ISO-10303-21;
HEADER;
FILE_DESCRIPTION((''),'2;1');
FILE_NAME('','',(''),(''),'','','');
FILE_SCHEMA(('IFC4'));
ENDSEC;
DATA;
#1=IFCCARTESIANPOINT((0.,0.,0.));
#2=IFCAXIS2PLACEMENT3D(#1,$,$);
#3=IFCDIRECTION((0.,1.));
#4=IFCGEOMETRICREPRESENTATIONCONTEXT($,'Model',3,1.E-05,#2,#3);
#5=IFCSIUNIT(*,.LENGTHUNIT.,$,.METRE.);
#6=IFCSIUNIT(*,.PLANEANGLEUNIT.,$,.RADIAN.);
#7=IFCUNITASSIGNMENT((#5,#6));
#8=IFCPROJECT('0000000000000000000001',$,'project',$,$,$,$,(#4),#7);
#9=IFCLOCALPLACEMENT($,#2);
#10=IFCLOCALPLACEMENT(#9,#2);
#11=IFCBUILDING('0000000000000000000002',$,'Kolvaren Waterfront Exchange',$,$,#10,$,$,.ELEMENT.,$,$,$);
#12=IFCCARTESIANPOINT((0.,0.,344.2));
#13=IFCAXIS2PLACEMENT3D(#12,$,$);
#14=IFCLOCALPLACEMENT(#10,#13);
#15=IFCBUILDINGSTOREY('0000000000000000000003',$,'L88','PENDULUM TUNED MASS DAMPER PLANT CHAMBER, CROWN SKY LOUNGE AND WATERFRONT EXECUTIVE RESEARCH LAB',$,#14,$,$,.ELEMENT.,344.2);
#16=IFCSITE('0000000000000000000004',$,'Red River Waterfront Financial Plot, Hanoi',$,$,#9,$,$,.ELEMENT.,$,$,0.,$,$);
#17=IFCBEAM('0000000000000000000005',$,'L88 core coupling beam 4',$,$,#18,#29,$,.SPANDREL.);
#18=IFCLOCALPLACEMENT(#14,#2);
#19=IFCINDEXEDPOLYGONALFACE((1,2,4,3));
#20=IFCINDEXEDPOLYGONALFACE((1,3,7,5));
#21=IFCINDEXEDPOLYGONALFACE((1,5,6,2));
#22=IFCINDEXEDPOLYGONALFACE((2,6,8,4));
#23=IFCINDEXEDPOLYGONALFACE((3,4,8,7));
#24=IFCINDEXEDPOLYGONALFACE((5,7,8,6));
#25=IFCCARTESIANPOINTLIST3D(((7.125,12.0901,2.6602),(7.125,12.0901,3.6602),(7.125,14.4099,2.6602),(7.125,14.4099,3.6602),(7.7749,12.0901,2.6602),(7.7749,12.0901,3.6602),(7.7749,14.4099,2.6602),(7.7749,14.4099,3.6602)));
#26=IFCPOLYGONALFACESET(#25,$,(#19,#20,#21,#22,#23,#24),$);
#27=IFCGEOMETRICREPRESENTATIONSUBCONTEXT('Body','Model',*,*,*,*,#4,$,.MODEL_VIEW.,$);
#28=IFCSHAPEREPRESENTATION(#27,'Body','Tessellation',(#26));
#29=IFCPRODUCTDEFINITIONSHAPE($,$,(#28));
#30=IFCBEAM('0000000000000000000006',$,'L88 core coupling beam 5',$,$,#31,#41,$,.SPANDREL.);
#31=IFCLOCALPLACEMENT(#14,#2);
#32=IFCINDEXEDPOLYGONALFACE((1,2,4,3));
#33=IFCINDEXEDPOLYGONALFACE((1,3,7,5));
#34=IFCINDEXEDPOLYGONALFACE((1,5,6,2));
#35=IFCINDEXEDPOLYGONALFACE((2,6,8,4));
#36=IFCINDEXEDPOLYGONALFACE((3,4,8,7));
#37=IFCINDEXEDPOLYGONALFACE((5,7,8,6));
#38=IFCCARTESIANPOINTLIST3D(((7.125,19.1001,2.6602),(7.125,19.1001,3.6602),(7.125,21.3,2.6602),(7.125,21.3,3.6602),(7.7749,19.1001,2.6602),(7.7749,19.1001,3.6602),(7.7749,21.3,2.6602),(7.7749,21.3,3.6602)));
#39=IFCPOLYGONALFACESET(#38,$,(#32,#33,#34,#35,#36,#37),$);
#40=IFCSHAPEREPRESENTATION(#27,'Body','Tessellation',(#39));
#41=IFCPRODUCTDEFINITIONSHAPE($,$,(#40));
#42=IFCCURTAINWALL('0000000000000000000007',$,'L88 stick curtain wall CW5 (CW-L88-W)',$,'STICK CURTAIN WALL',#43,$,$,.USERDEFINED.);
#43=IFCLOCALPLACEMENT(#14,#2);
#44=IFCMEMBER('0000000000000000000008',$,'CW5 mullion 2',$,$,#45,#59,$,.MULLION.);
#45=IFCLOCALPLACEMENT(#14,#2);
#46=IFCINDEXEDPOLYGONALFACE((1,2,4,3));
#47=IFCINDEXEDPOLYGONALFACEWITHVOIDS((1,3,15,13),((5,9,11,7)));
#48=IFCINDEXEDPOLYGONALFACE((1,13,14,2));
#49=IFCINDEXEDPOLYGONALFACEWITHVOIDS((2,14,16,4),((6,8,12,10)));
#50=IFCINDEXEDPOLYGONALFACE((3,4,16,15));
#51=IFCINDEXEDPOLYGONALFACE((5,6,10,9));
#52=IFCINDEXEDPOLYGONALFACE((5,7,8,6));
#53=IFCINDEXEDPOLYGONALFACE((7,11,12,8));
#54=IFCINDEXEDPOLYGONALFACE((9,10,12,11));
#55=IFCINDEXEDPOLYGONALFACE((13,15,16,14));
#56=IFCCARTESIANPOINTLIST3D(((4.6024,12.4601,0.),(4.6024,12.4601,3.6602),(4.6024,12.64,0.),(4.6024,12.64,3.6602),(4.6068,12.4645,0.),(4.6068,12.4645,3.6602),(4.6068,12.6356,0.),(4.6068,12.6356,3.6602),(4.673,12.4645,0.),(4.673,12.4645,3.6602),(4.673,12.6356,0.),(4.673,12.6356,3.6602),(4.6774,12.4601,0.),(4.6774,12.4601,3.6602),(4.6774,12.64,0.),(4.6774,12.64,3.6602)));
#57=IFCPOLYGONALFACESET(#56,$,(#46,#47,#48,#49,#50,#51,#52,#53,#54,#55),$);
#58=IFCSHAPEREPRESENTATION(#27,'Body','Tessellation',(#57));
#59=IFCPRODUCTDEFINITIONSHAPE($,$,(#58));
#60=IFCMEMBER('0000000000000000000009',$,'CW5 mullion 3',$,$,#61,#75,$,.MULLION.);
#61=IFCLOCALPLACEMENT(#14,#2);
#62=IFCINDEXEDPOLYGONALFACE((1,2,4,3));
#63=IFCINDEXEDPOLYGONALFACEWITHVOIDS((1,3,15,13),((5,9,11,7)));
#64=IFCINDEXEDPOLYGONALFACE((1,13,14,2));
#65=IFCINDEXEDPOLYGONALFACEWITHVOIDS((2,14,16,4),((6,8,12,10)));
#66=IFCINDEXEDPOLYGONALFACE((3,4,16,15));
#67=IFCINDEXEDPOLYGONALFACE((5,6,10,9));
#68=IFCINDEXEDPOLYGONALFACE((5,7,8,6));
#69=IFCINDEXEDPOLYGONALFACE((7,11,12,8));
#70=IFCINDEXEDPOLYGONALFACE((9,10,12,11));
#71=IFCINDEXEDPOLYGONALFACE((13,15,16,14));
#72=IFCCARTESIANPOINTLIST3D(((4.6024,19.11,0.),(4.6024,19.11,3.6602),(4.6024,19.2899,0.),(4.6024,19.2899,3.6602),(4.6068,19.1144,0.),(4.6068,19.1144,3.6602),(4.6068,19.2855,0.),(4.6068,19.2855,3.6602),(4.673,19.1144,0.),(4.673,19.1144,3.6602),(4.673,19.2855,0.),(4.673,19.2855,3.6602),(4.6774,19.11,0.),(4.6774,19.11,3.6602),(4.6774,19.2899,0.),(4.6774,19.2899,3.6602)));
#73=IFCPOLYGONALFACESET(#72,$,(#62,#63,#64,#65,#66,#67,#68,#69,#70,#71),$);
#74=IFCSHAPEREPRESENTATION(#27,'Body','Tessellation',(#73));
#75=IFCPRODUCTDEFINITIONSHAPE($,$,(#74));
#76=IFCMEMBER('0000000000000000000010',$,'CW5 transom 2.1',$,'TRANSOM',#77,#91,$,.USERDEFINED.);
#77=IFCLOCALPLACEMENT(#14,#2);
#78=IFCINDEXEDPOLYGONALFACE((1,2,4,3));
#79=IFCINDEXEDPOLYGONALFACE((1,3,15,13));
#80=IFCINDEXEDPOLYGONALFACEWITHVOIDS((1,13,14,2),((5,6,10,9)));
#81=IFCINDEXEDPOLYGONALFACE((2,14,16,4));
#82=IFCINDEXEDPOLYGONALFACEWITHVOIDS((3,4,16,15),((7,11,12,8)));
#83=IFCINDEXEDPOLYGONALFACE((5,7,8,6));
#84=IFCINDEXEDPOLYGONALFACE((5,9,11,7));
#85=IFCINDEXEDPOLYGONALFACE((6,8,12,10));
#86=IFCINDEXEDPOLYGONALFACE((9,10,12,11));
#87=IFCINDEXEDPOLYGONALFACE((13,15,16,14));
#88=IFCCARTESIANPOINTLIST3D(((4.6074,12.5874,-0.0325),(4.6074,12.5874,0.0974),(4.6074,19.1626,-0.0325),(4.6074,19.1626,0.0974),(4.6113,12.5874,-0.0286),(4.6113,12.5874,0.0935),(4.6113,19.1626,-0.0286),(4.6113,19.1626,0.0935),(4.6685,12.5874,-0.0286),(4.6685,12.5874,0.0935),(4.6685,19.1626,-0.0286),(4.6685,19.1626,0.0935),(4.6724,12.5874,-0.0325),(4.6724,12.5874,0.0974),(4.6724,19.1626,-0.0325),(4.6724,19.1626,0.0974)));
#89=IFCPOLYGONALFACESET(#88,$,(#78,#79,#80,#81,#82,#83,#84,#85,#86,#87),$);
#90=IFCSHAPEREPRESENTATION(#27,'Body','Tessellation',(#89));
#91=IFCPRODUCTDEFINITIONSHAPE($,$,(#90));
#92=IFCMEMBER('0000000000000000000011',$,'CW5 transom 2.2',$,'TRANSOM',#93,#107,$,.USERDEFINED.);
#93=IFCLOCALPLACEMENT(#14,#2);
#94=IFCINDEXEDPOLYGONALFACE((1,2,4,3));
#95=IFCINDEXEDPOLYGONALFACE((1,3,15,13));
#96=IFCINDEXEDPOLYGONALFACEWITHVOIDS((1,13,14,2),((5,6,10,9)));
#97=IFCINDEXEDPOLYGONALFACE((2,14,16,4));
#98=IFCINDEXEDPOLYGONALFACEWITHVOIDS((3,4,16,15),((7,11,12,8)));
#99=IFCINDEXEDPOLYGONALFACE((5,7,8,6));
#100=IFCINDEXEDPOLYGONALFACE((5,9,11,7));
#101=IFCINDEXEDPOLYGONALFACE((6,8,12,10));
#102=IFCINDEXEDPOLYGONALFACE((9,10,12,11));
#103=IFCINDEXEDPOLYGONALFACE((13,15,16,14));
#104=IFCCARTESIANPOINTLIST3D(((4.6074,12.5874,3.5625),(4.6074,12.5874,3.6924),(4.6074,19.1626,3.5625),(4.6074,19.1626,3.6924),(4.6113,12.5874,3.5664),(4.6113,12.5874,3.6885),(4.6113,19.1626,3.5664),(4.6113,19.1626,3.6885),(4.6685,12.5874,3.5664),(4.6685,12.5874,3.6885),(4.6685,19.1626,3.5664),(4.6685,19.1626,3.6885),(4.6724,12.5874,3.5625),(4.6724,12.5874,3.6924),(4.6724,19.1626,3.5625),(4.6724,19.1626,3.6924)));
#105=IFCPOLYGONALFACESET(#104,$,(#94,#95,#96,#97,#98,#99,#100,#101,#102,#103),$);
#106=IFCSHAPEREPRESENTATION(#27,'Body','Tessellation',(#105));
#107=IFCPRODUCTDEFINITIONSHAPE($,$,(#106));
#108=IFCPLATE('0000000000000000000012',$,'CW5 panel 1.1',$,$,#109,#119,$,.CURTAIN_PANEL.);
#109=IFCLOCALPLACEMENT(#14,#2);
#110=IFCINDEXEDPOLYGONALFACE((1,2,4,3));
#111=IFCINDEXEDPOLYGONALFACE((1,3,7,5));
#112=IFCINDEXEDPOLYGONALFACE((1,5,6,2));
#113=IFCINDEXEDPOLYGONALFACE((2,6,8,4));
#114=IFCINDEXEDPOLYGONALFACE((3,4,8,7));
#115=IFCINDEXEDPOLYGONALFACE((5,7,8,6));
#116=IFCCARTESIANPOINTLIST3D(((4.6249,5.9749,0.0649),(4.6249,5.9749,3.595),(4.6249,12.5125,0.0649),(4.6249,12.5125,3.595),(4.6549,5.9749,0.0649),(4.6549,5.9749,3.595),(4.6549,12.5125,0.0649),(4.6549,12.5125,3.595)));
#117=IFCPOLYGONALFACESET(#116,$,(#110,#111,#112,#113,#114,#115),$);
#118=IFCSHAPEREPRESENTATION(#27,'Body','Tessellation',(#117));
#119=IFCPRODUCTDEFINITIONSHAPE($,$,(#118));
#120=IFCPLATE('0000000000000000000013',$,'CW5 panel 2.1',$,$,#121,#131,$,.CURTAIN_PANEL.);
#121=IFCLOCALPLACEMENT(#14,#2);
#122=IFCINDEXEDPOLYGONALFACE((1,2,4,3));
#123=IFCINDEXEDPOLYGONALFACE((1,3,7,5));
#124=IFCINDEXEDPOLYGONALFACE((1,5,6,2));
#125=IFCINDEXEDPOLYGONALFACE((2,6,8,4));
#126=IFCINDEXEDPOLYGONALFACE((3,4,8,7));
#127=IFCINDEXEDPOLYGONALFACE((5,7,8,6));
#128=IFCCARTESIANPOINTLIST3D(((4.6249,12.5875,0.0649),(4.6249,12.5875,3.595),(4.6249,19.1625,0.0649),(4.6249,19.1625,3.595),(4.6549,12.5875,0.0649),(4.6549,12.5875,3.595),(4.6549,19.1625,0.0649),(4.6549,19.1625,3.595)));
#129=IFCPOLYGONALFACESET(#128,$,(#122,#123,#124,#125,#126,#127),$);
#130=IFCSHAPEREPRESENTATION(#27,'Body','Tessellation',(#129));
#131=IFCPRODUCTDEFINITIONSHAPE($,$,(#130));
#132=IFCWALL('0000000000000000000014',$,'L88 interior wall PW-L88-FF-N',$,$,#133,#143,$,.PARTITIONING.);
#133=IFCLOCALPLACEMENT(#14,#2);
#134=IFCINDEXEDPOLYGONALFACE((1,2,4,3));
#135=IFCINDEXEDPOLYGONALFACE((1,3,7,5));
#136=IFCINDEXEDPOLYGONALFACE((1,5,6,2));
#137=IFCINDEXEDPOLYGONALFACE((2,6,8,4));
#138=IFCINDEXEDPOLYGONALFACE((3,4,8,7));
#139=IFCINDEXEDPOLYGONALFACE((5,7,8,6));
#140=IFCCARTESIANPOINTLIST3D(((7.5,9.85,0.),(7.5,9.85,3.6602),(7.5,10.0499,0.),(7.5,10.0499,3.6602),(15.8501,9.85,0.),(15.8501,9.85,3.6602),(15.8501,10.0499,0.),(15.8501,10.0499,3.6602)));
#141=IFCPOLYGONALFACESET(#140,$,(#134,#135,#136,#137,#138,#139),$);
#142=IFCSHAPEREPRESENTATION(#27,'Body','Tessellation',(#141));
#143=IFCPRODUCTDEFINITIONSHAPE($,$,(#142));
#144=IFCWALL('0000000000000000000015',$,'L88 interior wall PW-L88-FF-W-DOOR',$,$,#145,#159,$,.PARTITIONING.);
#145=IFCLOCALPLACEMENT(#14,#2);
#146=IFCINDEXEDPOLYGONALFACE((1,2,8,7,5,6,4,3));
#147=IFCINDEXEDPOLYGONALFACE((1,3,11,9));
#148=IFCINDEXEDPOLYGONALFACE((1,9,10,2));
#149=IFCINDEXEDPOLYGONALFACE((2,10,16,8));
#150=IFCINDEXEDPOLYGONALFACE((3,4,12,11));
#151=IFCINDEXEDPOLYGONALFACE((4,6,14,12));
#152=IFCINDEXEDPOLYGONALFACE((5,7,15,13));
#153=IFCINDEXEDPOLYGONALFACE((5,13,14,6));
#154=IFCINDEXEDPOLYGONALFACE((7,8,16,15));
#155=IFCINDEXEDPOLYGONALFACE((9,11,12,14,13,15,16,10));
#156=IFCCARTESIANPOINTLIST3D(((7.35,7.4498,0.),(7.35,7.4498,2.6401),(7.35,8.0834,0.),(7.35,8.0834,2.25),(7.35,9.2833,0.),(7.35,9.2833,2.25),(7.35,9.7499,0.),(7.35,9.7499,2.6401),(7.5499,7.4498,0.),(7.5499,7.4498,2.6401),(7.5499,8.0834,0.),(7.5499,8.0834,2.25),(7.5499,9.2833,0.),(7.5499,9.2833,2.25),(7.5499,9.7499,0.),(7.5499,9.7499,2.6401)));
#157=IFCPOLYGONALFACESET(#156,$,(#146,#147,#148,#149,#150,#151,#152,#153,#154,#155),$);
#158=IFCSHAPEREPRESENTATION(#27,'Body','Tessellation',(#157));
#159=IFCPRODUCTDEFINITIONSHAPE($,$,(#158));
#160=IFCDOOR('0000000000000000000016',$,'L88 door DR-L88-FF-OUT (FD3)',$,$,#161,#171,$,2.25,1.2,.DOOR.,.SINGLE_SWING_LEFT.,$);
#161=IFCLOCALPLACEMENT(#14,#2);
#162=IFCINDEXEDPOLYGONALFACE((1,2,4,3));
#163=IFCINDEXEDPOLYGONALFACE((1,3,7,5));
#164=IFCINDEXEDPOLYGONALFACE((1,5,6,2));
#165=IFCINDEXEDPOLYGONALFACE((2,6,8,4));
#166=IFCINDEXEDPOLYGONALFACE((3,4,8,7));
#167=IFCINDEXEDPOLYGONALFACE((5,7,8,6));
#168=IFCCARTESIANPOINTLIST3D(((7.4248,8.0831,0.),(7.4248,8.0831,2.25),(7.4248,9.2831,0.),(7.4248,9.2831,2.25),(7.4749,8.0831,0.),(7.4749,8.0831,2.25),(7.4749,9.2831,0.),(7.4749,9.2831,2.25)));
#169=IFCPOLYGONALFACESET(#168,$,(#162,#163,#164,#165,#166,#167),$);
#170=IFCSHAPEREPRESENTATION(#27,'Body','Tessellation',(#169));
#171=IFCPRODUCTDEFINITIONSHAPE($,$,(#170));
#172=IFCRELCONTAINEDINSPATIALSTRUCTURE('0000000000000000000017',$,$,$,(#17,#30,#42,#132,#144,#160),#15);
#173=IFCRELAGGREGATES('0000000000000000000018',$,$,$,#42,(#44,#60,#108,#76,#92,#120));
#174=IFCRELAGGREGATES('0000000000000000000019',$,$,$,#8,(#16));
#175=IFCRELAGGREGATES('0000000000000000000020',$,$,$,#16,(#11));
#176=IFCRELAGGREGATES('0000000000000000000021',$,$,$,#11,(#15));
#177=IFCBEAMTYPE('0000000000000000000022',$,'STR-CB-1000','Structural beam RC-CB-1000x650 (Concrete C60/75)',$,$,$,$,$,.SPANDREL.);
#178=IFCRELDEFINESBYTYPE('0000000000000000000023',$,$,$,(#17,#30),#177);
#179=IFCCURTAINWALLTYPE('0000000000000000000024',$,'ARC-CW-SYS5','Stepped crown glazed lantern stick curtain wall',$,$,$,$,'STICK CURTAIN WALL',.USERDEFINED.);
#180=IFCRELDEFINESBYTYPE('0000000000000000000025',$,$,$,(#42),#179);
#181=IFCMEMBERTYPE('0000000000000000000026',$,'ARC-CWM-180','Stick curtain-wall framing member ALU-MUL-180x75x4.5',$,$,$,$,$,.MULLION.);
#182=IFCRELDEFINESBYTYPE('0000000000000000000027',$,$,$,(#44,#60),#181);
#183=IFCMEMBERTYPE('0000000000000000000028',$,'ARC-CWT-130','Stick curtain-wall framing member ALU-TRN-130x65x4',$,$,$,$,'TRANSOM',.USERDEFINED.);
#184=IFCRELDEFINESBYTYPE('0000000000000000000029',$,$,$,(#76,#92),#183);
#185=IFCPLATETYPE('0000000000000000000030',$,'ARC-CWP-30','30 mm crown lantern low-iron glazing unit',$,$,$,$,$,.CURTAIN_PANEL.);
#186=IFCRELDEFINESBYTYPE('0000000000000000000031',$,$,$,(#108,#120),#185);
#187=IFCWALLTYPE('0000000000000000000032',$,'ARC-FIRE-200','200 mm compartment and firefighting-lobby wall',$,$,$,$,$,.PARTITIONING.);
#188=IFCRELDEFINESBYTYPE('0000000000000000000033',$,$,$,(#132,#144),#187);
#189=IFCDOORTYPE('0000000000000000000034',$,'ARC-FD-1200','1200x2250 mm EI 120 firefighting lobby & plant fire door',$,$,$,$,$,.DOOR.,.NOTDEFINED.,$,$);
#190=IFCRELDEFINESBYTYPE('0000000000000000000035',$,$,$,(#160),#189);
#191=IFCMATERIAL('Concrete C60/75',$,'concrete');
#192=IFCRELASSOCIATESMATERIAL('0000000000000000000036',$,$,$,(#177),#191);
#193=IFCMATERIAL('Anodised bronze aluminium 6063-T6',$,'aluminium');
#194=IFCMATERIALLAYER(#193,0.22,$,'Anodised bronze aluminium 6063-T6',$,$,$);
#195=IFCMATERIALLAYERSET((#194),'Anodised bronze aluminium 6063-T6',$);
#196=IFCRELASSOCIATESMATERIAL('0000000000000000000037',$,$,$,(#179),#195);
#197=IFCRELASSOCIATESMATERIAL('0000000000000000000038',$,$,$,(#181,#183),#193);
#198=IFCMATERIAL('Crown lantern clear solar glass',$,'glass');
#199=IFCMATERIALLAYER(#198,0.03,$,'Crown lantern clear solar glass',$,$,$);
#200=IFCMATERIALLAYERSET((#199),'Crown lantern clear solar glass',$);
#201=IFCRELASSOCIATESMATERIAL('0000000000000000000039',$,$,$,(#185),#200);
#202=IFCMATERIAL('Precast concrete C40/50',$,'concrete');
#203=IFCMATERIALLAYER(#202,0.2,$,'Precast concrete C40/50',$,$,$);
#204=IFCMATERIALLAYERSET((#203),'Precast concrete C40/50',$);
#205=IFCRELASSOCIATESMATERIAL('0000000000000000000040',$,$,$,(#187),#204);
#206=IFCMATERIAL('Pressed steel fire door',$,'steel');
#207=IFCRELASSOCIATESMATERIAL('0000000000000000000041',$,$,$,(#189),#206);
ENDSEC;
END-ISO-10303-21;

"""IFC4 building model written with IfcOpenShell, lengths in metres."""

from ifc_helpers import new_model, si_unit, direction, frame, frame_2d, origin, origin_with_axes, origin_2d, place, context, subcontext, project, spatial, rectangle, hollow_rectangle, extrude, source, transform, mapped, material, layer, layer_set, material_profile, profile_set, type_object, element, fill, aggregate, save


model = new_model("IFC4")

# Units and contexts
model_context = context("Model", 3, precision=1e-05, world=origin(), true_north=direction((0.0, 1.0)))
body_context = subcontext(model_context, "Body", "Model", "MODEL_VIEW")
ifc_project = project(units=[si_unit("LENGTHUNIT", "METRE"), si_unit("PLANEANGLEUNIT", "RADIAN")], contexts=[model_context])

# Site, building, storey
site_placement = place(None, origin())
site = spatial("IfcSite", under=ifc_project, at=site_placement, Name="Red River Waterfront Financial Plot, Hanoi", CompositionType="ELEMENT", RefElevation=0.0)
building_placement = place(site_placement, origin())
building = spatial("IfcBuilding", under=site, at=building_placement, Name="Kolvaren Waterfront Exchange", CompositionType="ELEMENT")
storey_placement = place(building_placement, frame((0.0, 0.0, 344.2)))
storey = spatial("IfcBuildingStorey", under=building, at=storey_placement, Name="L88", Description="PENDULUM TUNED MASS DAMPER PLANT CHAMBER, CROWN SKY LOUNGE AND WATERFRONT EXECUTIVE RESEARCH LAB", CompositionType="ELEMENT", Elevation=344.2)

# Beams
ifc_material_1 = material(Name="Concrete C60/75", Category="concrete")
ifc_material_profile_1 = material_profile(ifc_material_1, rectangle(XDim=0.6499, YDim=1.0, at=origin_2d()), Name="RC-CB-1000x650")
ifc_profile_set_1 = profile_set([ifc_material_profile_1], Name="Concrete C60/75")
beam_type = type_object("IfcBeamType", Name="STR-CB-1000", Description="Structural beam RC-CB-1000x650 (Concrete C60/75)", PredefinedType="SPANDREL", material=ifc_profile_set_1)
beam_1_placement = place(storey_placement, frame((7.45, 12.0901, 3.1602), z_axis=(0.0, 1.0, 0.0), x_axis=(-1.0, 0.0, 0.0)))
element("IfcBeam", 1, at=beam_1_placement, inside=storey, type_object=beam_type, Name="L88 core coupling beam 4", PredefinedType="SPANDREL", context=body_context, shape_type="SweptSolid", body=[
    extrude(rectangle(XDim=0.6499, YDim=1.0, at=origin_2d()), origin(), (0.0, 0.0, 1.0), 2.3198),
])
beam_2_placement = place(storey_placement, frame((7.45, 19.1001, 3.1602), z_axis=(0.0, 1.0, 0.0), x_axis=(-1.0, 0.0, 0.0)))
element("IfcBeam", 2, at=beam_2_placement, inside=storey, type_object=beam_type, Name="L88 core coupling beam 5", PredefinedType="SPANDREL", context=body_context, shape_type="SweptSolid", body=[
    extrude(rectangle(XDim=0.6499, YDim=1.0, at=origin_2d()), origin(), (0.0, 0.0, 1.0), 2.2),
])

# Curtain wall, members, plates
ifc_material_2 = material(Name="Anodised bronze aluminium 6063-T6", Category="aluminium")
ifc_layer_1 = layer(ifc_material_2, 0.22, Name="Anodised bronze aluminium 6063-T6")
ifc_layer_set_1 = layer_set([ifc_layer_1], Name="Anodised bronze aluminium 6063-T6")
curtain_wall_type = type_object("IfcCurtainWallType", Name="ARC-CW-SYS5", Description="Stepped crown glazed lantern stick curtain wall", ElementType="STICK CURTAIN WALL", PredefinedType="USERDEFINED", material=ifc_layer_set_1)
curtain_wall_placement = place(storey_placement, origin())
curtain_wall = element("IfcCurtainWall", 3, at=curtain_wall_placement, inside=storey, type_object=curtain_wall_type, Name="L88 stick curtain wall CW5 (CW-L88-W)", ObjectType="STICK CURTAIN WALL", PredefinedType="USERDEFINED")
ifc_material_profile_2 = material_profile(ifc_material_2, hollow_rectangle(XDim=0.075, YDim=0.1799, WallThickness=0.0044, at=origin_2d()), Name="ALU-MUL-180x75x4.5")
ifc_profile_set_2 = profile_set([ifc_material_profile_2], Name="Anodised bronze aluminium 6063-T6")
member_type_1 = type_object("IfcMemberType", Name="ARC-CWM-180", Description="Stick curtain-wall framing member ALU-MUL-180x75x4.5", PredefinedType="MULLION", material=ifc_profile_set_2)
shared_shape_1 = source(origin_with_axes(), body_context, "Body", "SweptSolid", [
    extrude(hollow_rectangle(XDim=0.075, YDim=0.1799, WallThickness=0.0044, at=origin_2d()), origin(), (0.0, 0.0, 1.0), 3.6602),
])
member_1_placement = place(storey_placement, frame((4.6399, 12.55, 0.0), z_axis=(0.0, 0.0, 1.0), x_axis=(-1.0, 0.0, 0.0)))
member_1 = element("IfcMember", 4, at=member_1_placement, type_object=member_type_1, Name="CW5 mullion 2", PredefinedType="MULLION", context=body_context, shape_type="MappedRepresentation", body=[
    mapped(shared_shape_1, transform((0.0, 0.0, 0.0), x_axis=(1.0, 0.0, 0.0), y_axis=(0.0, 1.0, 0.0), z_axis=(0.0, 0.0, 1.0), scale=1.0)),
])
member_2_placement = place(storey_placement, frame((4.6399, 19.2, 0.0), z_axis=(0.0, 0.0, 1.0), x_axis=(-1.0, 0.0, 0.0)))
member_2 = element("IfcMember", 5, at=member_2_placement, type_object=member_type_1, Name="CW5 mullion 3", PredefinedType="MULLION", context=body_context, shape_type="MappedRepresentation", body=[
    mapped(shared_shape_1, transform((0.0, 0.0, 0.0), x_axis=(1.0, 0.0, 0.0), y_axis=(0.0, 1.0, 0.0), z_axis=(0.0, 0.0, 1.0), scale=1.0)),
])
ifc_material_profile_3 = material_profile(ifc_material_2, hollow_rectangle(XDim=0.0649, YDim=0.1299, WallThickness=0.0039, at=origin_2d()), Name="ALU-TRN-130x65x4")
ifc_profile_set_3 = profile_set([ifc_material_profile_3], Name="Anodised bronze aluminium 6063-T6")
member_type_2 = type_object("IfcMemberType", Name="ARC-CWT-130", Description="Stick curtain-wall framing member ALU-TRN-130x65x4", ElementType="TRANSOM", PredefinedType="USERDEFINED", material=ifc_profile_set_3)
shared_shape_2 = source(origin_with_axes(), body_context, "Body", "SweptSolid", [
    extrude(hollow_rectangle(XDim=0.0649, YDim=0.1299, WallThickness=0.0039, at=origin_2d()), origin(), (0.0, 0.0, 1.0), 6.5752),
])
member_3_placement = place(storey_placement, frame((4.6399, 12.5874, 0.0325), z_axis=(0.0, 1.0, 0.0), x_axis=(-1.0, 0.0, 0.0)))
member_3 = element("IfcMember", 6, at=member_3_placement, type_object=member_type_2, Name="CW5 transom 2.1", ObjectType="TRANSOM", PredefinedType="USERDEFINED", context=body_context, shape_type="MappedRepresentation", body=[
    mapped(shared_shape_2, transform((0.0, 0.0, 0.0), x_axis=(1.0, 0.0, 0.0), y_axis=(0.0, 1.0, 0.0), z_axis=(0.0, 0.0, 1.0), scale=1.0)),
])
member_4_placement = place(storey_placement, frame((4.6399, 12.5874, 3.6274), z_axis=(0.0, 1.0, 0.0), x_axis=(-1.0, 0.0, 0.0)))
member_4 = element("IfcMember", 7, at=member_4_placement, type_object=member_type_2, Name="CW5 transom 2.2", ObjectType="TRANSOM", PredefinedType="USERDEFINED", context=body_context, shape_type="MappedRepresentation", body=[
    mapped(shared_shape_2, transform((0.0, 0.0, 0.0), x_axis=(1.0, 0.0, 0.0), y_axis=(0.0, 1.0, 0.0), z_axis=(0.0, 0.0, 1.0), scale=1.0)),
])
ifc_material_3 = material(Name="Crown lantern clear solar glass", Category="glass")
ifc_layer_2 = layer(ifc_material_3, 0.03, Name="Crown lantern clear solar glass")
ifc_layer_set_2 = layer_set([ifc_layer_2], Name="Crown lantern clear solar glass")
plate_type = type_object("IfcPlateType", Name="ARC-CWP-30", Description="30 mm crown lantern low-iron glazing unit", PredefinedType="CURTAIN_PANEL", material=ifc_layer_set_2)
shared_shape_3 = source(origin_with_axes(), body_context, "Body", "SweptSolid", [
    extrude(rectangle(XDim=6.5376, YDim=0.03, at=origin_2d()), origin(), (0.0, 0.0, 1.0), 3.53),
])
plate_1_placement = place(storey_placement, frame((4.6399, 9.2437, 0.0649), z_axis=(0.0, 0.0, 1.0), x_axis=(0.0, 1.0, 0.0)))
plate_1 = element("IfcPlate", 8, at=plate_1_placement, type_object=plate_type, Name="CW5 panel 1.1", PredefinedType="CURTAIN_PANEL", context=body_context, shape_type="MappedRepresentation", body=[
    mapped(shared_shape_3, transform((0.0, 0.0, 0.0), x_axis=(1.0, 0.0, 0.0), y_axis=(0.0, 1.0, 0.0), z_axis=(0.0, 0.0, 1.0), scale=1.0)),
])
shared_shape_4 = source(origin_with_axes(), body_context, "Body", "SweptSolid", [
    extrude(rectangle(XDim=6.575, YDim=0.03, at=origin_2d()), origin(), (0.0, 0.0, 1.0), 3.53),
])
plate_2_placement = place(storey_placement, frame((4.6399, 15.875, 0.0649), z_axis=(0.0, 0.0, 1.0), x_axis=(0.0, 1.0, 0.0)))
plate_2 = element("IfcPlate", 9, at=plate_2_placement, type_object=plate_type, Name="CW5 panel 2.1", PredefinedType="CURTAIN_PANEL", context=body_context, shape_type="MappedRepresentation", body=[
    mapped(shared_shape_4, transform((0.0, 0.0, 0.0), x_axis=(1.0, 0.0, 0.0), y_axis=(0.0, 1.0, 0.0), z_axis=(0.0, 0.0, 1.0), scale=1.0)),
])
aggregate(curtain_wall, [member_1, member_2, plate_1, member_3, member_4, plate_2])

# Wall
ifc_material_4 = material(Name="Precast concrete C40/50", Category="concrete")
ifc_layer_3 = layer(ifc_material_4, 0.2, Name="Precast concrete C40/50")
ifc_layer_set_3 = layer_set([ifc_layer_3], Name="Precast concrete C40/50")
wall_type_1 = type_object("IfcWallType", Name="ARC-FIRE-200", Description="200 mm compartment and firefighting-lobby wall", PredefinedType="PARTITIONING", material=ifc_layer_set_3)
wall_1_placement = place(storey_placement, frame((7.5, 9.95, 0.0), z_axis=(0.0, 0.0, 1.0), x_axis=(1.0, 0.0, 0.0)))
element("IfcWall", 10, at=wall_1_placement, inside=storey, type_object=wall_type_1, Name="L88 interior wall PW-L88-FF-N", PredefinedType="PARTITIONING", context=body_context, shape_type="SweptSolid", body=[
    extrude(rectangle(XDim=8.3501, YDim=0.2, at=frame_2d((4.175, 0.0))), origin(), (0.0, 0.0, 1.0), 3.6602),
])

# Wall, opening, door
wall_2_placement = place(storey_placement, frame((7.45, 7.45, 0.0), z_axis=(0.0, 0.0, 1.0), x_axis=(0.0, 1.0, 0.0)))
wall_2 = element("IfcWall", 11, at=wall_2_placement, inside=storey, type_object=wall_type_1, Name="L88 interior wall PW-L88-FF-W-DOOR", PredefinedType="PARTITIONING", context=body_context, shape_type="SweptSolid", body=[
    extrude(rectangle(XDim=2.3, YDim=0.2, at=frame_2d((1.1499, 0.0))), origin(), (0.0, 0.0, 1.0), 2.6401),
])
opening_1_placement = place(wall_2_placement, frame((0.6333, 0.0, 0.0)))
opening_1 = element("IfcOpeningElement", 12, at=opening_1_placement, cuts=wall_2, PredefinedType="OPENING", context=body_context, shape_type="SweptSolid", body=[
    extrude(rectangle(XDim=1.2, YDim=2.25, at=frame_2d((0.6001, 1.125))), frame((0.0, 0.1099, 0.0), z_axis=(0.0, -1.0, 0.0), x_axis=(1.0, 0.0, 0.0)), (0.0, 0.0, 1.0), 0.22),
])
ifc_material_5 = material(Name="Pressed steel fire door", Category="steel")
door_type_1 = type_object("IfcDoorType", Name="ARC-FD-1200", Description="1200x2250 mm EI 120 firefighting lobby & plant fire door", OperationType="NOTDEFINED", PredefinedType="DOOR", material=ifc_material_5)
door_1_placement = place(opening_1_placement, frame((1.2, 0.0, 0.0), z_axis=(0.0, 0.0, 1.0), x_axis=(-1.0, 0.0, 0.0)))
door_1 = element("IfcDoor", 13, at=door_1_placement, inside=storey, type_object=door_type_1, Name="L88 door DR-L88-FF-OUT (FD3)", OperationType="SINGLE_SWING_LEFT", OverallHeight=2.25, OverallWidth=1.2, PredefinedType="DOOR", context=body_context, shape_type="SweptSolid", body=[
    extrude(rectangle(XDim=1.2, YDim=2.25, at=frame_2d((0.6001, 1.125))), frame((0.0, 0.0249, 0.0), z_axis=(0.0, -1.0, 0.0), x_axis=(1.0, 0.0, 0.0)), (0.0, 0.0, 1.0), 0.05),
])
fill(opening_1, door_1)

save(model, "model.ifc")
